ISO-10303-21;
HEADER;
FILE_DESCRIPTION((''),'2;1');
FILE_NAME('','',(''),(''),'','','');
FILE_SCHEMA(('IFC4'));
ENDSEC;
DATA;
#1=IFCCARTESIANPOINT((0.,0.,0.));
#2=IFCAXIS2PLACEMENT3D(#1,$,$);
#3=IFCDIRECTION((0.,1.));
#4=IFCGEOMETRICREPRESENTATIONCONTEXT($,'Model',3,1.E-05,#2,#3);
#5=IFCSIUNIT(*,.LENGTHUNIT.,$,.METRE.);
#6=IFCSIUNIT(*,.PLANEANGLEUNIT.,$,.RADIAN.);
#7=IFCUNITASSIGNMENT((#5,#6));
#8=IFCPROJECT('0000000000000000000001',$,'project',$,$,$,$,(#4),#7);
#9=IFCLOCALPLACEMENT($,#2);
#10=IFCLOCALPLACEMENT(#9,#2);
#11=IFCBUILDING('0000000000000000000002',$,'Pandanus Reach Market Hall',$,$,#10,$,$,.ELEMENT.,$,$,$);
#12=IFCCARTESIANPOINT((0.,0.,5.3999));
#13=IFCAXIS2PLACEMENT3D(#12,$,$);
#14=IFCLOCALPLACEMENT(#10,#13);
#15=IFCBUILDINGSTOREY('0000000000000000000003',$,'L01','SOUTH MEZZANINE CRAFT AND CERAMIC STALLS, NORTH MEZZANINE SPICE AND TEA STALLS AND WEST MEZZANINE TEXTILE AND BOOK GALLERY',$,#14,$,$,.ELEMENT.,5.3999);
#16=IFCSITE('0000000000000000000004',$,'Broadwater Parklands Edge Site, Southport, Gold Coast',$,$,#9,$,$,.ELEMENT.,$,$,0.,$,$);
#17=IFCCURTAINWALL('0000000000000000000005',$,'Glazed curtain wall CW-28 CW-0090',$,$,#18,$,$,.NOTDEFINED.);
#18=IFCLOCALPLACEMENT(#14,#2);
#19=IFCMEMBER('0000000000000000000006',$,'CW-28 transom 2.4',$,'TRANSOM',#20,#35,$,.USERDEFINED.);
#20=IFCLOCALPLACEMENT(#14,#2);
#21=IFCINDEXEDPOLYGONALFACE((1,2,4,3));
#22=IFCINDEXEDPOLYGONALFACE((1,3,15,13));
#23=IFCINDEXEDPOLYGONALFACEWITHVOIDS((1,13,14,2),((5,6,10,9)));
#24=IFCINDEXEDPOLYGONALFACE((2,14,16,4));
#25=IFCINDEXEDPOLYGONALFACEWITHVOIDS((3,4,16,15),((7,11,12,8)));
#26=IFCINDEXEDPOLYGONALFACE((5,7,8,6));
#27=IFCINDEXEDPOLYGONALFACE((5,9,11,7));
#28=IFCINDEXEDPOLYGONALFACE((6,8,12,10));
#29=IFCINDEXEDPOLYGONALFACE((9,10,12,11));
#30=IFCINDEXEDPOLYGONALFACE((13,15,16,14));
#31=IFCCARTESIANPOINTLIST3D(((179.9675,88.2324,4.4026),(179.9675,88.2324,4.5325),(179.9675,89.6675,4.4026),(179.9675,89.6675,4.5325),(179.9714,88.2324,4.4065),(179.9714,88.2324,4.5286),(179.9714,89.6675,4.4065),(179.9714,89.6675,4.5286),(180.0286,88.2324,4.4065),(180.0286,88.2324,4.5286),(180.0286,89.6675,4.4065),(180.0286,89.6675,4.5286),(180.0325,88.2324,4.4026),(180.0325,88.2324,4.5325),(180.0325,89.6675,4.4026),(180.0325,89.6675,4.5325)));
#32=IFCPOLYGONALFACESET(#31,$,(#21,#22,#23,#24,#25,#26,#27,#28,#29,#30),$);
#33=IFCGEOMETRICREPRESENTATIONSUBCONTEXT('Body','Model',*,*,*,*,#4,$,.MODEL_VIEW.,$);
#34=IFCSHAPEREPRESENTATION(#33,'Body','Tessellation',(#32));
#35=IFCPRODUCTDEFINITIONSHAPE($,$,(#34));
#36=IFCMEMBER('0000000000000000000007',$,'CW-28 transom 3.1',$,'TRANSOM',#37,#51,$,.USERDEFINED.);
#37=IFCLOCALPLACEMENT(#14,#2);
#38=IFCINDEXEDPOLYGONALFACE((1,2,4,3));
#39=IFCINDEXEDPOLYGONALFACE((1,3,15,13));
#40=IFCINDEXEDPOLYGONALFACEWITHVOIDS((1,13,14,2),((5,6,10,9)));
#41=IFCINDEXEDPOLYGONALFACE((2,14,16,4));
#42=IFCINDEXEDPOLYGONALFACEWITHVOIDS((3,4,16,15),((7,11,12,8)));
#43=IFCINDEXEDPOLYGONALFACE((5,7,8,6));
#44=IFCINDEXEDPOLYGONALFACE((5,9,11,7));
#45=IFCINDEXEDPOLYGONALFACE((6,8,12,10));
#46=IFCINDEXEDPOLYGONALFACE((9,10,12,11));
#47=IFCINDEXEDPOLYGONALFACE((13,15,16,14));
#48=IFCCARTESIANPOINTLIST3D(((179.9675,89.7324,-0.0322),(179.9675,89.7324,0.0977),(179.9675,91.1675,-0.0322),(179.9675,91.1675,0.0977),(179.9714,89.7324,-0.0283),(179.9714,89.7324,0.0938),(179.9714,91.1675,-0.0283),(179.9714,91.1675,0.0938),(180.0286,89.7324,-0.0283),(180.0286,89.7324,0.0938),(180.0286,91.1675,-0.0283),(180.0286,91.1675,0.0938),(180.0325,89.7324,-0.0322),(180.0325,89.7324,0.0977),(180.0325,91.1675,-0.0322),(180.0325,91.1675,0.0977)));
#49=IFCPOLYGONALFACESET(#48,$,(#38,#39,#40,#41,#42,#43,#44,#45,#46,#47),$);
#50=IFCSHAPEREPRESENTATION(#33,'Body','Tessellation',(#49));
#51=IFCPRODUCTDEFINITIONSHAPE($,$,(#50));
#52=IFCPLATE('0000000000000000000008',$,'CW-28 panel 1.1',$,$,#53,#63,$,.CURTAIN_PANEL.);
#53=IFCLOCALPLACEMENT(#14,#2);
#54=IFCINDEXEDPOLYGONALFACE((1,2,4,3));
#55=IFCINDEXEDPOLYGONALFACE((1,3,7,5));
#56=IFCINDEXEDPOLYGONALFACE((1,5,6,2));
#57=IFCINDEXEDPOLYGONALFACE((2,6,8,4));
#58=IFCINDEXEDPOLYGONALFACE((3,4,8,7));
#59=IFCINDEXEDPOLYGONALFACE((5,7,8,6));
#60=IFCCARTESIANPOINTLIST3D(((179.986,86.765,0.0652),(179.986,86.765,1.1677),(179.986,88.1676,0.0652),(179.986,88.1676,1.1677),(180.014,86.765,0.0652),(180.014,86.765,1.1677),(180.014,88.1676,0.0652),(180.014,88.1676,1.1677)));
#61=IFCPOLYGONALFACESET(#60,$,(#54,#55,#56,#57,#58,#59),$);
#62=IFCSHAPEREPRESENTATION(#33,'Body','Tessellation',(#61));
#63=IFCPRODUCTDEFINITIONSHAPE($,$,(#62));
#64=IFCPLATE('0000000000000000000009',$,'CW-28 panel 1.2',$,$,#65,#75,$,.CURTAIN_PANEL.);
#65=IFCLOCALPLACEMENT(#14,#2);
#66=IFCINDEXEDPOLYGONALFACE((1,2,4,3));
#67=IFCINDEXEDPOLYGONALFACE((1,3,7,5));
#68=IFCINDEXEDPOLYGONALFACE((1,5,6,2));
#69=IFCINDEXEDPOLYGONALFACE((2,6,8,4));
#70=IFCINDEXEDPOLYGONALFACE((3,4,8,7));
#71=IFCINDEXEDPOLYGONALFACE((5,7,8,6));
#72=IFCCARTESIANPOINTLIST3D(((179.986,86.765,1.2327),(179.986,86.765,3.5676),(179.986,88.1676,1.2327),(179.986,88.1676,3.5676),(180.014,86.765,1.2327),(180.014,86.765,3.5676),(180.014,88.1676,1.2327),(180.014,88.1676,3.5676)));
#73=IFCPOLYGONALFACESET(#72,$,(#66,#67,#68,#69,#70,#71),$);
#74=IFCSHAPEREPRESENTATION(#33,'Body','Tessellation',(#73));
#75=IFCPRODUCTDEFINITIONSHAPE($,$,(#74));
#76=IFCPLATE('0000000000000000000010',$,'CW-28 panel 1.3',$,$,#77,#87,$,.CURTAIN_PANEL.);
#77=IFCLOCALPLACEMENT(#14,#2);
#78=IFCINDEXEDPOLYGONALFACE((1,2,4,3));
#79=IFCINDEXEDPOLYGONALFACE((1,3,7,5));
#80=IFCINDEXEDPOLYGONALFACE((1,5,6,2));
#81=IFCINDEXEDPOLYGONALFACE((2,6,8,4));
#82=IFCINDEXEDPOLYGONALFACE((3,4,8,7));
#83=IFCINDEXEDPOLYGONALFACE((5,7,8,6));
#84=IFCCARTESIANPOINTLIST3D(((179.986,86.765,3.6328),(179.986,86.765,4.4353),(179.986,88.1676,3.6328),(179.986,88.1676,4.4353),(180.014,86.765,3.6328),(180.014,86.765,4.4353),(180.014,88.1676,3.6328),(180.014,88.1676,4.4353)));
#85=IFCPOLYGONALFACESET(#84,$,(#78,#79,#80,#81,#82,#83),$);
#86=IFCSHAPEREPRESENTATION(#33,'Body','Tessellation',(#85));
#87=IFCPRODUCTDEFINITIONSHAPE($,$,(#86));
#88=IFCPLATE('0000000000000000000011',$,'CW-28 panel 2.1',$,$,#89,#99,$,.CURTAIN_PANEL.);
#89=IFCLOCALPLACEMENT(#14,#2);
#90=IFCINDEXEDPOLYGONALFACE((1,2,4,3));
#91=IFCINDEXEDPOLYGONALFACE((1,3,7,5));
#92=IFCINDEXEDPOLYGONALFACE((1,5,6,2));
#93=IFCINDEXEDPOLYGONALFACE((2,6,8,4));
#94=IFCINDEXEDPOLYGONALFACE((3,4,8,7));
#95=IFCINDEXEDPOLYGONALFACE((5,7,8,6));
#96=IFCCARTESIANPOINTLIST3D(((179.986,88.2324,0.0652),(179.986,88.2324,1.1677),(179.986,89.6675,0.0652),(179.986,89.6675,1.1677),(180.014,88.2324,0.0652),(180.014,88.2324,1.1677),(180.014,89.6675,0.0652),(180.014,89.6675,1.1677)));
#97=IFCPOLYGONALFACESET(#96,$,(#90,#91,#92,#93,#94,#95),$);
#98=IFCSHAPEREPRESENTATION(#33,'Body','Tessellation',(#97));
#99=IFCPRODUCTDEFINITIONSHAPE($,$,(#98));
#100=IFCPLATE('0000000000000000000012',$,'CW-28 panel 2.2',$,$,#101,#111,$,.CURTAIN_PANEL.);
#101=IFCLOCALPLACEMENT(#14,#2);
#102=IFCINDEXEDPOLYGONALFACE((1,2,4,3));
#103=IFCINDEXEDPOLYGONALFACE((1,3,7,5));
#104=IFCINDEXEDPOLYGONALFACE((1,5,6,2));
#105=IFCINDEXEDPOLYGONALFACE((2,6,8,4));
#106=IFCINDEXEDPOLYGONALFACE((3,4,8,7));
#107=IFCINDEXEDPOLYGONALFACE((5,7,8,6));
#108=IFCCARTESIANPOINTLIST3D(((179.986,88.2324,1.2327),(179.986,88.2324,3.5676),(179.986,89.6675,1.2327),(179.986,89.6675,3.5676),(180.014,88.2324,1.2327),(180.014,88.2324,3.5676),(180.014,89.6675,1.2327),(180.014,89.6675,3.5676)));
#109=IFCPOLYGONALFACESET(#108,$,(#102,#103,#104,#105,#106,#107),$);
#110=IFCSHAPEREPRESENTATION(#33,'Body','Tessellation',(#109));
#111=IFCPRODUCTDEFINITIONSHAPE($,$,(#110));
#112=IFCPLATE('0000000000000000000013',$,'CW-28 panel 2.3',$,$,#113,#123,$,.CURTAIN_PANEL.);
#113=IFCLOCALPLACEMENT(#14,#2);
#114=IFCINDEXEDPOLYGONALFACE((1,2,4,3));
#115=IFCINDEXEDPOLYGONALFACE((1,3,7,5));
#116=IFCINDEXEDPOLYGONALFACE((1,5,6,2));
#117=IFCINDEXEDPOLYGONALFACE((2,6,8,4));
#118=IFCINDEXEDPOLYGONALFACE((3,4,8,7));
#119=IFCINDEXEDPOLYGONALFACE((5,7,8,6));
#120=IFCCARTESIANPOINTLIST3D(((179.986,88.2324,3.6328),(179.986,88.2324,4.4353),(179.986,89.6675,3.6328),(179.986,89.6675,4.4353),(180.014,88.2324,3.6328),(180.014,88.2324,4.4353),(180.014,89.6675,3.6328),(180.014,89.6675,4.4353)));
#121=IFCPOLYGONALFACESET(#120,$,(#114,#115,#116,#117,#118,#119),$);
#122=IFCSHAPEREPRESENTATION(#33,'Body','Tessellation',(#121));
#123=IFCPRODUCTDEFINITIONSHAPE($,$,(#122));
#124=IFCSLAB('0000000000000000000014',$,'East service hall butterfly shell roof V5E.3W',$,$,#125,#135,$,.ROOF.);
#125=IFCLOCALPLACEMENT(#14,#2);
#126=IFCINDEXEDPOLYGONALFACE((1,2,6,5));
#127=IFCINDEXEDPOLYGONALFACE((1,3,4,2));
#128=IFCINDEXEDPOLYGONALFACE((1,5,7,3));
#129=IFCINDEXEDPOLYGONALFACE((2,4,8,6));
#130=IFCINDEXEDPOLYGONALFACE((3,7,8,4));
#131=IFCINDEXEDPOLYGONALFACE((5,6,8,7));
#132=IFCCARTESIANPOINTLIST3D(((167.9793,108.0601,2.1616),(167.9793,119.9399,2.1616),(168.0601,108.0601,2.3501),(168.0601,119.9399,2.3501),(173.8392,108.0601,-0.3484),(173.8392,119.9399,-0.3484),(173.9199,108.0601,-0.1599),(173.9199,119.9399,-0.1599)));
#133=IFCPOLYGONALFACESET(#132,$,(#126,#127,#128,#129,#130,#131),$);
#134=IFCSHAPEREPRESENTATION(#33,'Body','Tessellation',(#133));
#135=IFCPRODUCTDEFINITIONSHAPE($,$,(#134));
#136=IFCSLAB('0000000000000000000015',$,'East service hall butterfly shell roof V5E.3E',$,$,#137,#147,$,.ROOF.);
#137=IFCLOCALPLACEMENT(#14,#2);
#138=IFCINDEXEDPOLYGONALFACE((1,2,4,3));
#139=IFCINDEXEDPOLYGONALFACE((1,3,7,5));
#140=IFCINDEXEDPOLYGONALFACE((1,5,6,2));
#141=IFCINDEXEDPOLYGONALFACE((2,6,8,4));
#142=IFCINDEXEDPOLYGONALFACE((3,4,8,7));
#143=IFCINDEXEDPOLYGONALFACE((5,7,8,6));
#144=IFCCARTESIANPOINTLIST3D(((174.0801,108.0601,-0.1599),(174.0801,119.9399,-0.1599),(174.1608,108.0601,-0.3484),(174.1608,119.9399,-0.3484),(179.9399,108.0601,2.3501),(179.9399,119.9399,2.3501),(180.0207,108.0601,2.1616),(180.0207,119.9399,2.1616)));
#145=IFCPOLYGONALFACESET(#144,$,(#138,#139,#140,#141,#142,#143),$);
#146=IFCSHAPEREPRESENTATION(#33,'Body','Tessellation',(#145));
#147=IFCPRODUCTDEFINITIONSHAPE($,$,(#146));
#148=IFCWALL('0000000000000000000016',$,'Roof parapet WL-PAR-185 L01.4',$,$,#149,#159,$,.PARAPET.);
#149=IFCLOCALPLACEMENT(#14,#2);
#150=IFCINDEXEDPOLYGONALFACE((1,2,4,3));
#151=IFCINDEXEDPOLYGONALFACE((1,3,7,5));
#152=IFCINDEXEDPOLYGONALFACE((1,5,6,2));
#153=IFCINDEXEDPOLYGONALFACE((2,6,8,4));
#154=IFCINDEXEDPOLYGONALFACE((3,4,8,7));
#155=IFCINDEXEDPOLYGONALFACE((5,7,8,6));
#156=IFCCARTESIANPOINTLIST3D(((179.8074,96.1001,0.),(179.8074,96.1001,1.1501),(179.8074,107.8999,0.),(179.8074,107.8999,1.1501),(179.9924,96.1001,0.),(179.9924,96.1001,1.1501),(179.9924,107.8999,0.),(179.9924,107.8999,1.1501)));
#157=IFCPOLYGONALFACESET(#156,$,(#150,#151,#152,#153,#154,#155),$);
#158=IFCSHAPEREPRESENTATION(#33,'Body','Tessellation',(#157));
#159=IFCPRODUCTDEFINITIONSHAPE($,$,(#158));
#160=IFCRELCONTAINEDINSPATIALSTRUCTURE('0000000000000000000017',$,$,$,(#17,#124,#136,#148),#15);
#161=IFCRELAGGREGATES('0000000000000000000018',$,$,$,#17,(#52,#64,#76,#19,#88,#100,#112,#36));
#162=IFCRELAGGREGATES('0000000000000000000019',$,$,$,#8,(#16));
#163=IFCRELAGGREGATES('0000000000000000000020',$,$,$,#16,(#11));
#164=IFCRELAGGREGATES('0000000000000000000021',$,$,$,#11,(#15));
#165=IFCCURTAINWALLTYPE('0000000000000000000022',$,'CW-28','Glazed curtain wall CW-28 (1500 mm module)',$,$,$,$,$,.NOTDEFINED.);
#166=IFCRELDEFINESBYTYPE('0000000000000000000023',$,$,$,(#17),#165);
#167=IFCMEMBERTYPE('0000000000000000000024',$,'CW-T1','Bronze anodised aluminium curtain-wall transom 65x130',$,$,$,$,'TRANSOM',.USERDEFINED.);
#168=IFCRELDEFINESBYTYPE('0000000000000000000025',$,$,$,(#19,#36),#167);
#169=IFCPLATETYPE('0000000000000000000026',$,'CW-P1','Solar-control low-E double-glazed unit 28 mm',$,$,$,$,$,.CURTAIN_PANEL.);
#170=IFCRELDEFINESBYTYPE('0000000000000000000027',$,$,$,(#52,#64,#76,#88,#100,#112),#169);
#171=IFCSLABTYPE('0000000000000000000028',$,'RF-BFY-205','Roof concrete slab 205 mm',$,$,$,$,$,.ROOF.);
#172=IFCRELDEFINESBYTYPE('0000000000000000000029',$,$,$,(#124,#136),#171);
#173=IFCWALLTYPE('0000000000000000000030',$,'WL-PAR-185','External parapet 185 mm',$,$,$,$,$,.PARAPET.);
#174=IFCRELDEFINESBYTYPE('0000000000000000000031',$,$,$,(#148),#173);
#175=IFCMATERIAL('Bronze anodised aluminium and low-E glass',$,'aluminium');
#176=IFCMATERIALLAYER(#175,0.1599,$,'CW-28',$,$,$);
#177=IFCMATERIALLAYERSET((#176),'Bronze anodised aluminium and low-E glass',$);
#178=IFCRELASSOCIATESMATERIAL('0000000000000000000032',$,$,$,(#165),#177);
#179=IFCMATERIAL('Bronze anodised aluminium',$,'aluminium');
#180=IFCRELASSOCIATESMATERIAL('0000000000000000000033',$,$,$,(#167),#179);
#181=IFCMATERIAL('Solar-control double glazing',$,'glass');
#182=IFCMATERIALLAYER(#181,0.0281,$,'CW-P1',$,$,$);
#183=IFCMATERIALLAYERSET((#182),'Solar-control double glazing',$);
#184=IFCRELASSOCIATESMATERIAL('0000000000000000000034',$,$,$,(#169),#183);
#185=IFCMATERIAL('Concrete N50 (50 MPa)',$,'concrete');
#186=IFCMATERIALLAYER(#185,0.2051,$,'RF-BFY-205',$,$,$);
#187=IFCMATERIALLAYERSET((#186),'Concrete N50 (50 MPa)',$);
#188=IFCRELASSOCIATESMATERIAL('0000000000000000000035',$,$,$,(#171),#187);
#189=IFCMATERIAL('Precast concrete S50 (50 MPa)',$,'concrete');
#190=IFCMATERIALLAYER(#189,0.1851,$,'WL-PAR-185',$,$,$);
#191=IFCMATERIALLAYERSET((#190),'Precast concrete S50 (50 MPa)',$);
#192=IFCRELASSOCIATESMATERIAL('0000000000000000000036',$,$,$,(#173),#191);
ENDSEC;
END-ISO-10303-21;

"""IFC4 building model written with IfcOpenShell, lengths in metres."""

from ifc_helpers import new_model, si_unit, direction, frame, frame_2d, origin, origin_2d, place, context, subcontext, project, spatial, polyline, rectangle, hollow_rectangle, outline, extrude, material, layer, layer_set, material_profile, profile_set, type_object, element, aggregate, save


model = new_model("IFC4")

# Units and contexts
model_context = context("Model", 3, precision=1e-05, world=origin(), true_north=direction((0.0, 1.0)))
body_context = subcontext(model_context, "Body", "Model", "MODEL_VIEW")
ifc_project = project(units=[si_unit("LENGTHUNIT", "METRE"), si_unit("PLANEANGLEUNIT", "RADIAN")], contexts=[model_context])

# Site, building, storey
site_placement = place(None, origin())
site = spatial("IfcSite", under=ifc_project, at=site_placement, Name="Broadwater Parklands Edge Site, Southport, Gold Coast", CompositionType="ELEMENT", RefElevation=0.0)
building_placement = place(site_placement, origin())
building = spatial("IfcBuilding", under=site, at=building_placement, Name="Pandanus Reach Market Hall", CompositionType="ELEMENT")
storey_placement = place(building_placement, frame((0.0, 0.0, 5.3999)))
storey = spatial("IfcBuildingStorey", under=building, at=storey_placement, Name="L01", Description="SOUTH MEZZANINE CRAFT AND CERAMIC STALLS, NORTH MEZZANINE SPICE AND TEA STALLS AND WEST MEZZANINE TEXTILE AND BOOK GALLERY", CompositionType="ELEMENT", Elevation=5.3999)

# Curtain wall, members, plates
ifc_material_1 = material(Name="Bronze anodised aluminium and low-E glass", Category="aluminium")
ifc_layer_1 = layer(ifc_material_1, 0.1599, Name="CW-28")
ifc_layer_set_1 = layer_set([ifc_layer_1], Name="Bronze anodised aluminium and low-E glass")
curtain_wall_type = type_object("IfcCurtainWallType", Name="CW-28", Description="Glazed curtain wall CW-28 (1500 mm module)", PredefinedType="NOTDEFINED", material=ifc_layer_set_1)
curtain_wall_placement = place(storey_placement, origin())
curtain_wall = element("IfcCurtainWall", 1, at=curtain_wall_placement, inside=storey, type_object=curtain_wall_type, Name="Glazed curtain wall CW-28 CW-0090", PredefinedType="NOTDEFINED")
ifc_material_2 = material(Name="Bronze anodised aluminium", Category="aluminium")
ifc_material_profile_1 = material_profile(ifc_material_2, hollow_rectangle(XDim=0.0649, YDim=0.1299, WallThickness=0.0039, at=origin_2d()), Name="ALU65x130", Category="LoadBearing")
ifc_profile_set_1 = profile_set([ifc_material_profile_1], Name="Bronze anodised aluminium")
member_type_1 = type_object("IfcMemberType", Name="CW-T1", Description="Bronze anodised aluminium curtain-wall transom 65x130", ElementType="TRANSOM", PredefinedType="USERDEFINED", material=ifc_profile_set_1)
member_1_placement = place(storey_placement, frame((180.0, 88.2324, 4.4675), z_axis=(0.0, 1.0, 0.0), x_axis=(-1.0, 0.0, 0.0)))
member_1 = element("IfcMember", 2, at=member_1_placement, type_object=member_type_1, Name="CW-28 transom 2.4", ObjectType="TRANSOM", PredefinedType="USERDEFINED", context=body_context, shape_type="SweptSolid", body=[
    extrude(hollow_rectangle(XDim=0.0649, YDim=0.1299, WallThickness=0.0039, at=origin_2d()), origin(), (0.0, 0.0, 1.0), 1.4351),
])
member_2_placement = place(storey_placement, frame((180.0, 89.7324, 0.0327), z_axis=(0.0, 1.0, 0.0), x_axis=(-1.0, 0.0, 0.0)))
member_2 = element("IfcMember", 3, at=member_2_placement, type_object=member_type_1, Name="CW-28 transom 3.1", ObjectType="TRANSOM", PredefinedType="USERDEFINED", context=body_context, shape_type="SweptSolid", body=[
    extrude(hollow_rectangle(XDim=0.0649, YDim=0.1299, WallThickness=0.0039, at=origin_2d()), origin(), (0.0, 0.0, 1.0), 1.4351),
])
ifc_material_3 = material(Name="Solar-control double glazing", Category="glass")
ifc_layer_2 = layer(ifc_material_3, 0.0281, Name="CW-P1")
ifc_layer_set_2 = layer_set([ifc_layer_2], Name="Solar-control double glazing")
plate_type = type_object("IfcPlateType", Name="CW-P1", Description="Solar-control low-E double-glazed unit 28 mm", PredefinedType="CURTAIN_PANEL", material=ifc_layer_set_2)
plate_1_placement = place(storey_placement, frame((180.0, 87.4663, 0.0652), z_axis=(0.0, 0.0, 1.0), x_axis=(0.0, 1.0, 0.0)))
plate_1 = element("IfcPlate", 4, at=plate_1_placement, type_object=plate_type, Name="CW-28 panel 1.1", PredefinedType="CURTAIN_PANEL", context=body_context, shape_type="SweptSolid", body=[
    extrude(rectangle(XDim=1.4026, YDim=0.0281, at=origin_2d()), origin(), (0.0, 0.0, 1.0), 1.1025),
])
plate_2_placement = place(storey_placement, frame((180.0, 87.4663, 1.2327), z_axis=(0.0, 0.0, 1.0), x_axis=(0.0, 1.0, 0.0)))
plate_2 = element("IfcPlate", 5, at=plate_2_placement, type_object=plate_type, Name="CW-28 panel 1.2", PredefinedType="CURTAIN_PANEL", context=body_context, shape_type="SweptSolid", body=[
    extrude(rectangle(XDim=1.4026, YDim=0.0281, at=origin_2d()), origin(), (0.0, 0.0, 1.0), 2.335),
])
plate_3_placement = place(storey_placement, frame((180.0, 87.4663, 3.6328), z_axis=(0.0, 0.0, 1.0), x_axis=(0.0, 1.0, 0.0)))
plate_3 = element("IfcPlate", 6, at=plate_3_placement, type_object=plate_type, Name="CW-28 panel 1.3", PredefinedType="CURTAIN_PANEL", context=body_context, shape_type="SweptSolid", body=[
    extrude(rectangle(XDim=1.4026, YDim=0.0281, at=origin_2d()), origin(), (0.0, 0.0, 1.0), 0.8025),
])
plate_4_placement = place(storey_placement, frame((180.0, 88.95, 0.0652), z_axis=(0.0, 0.0, 1.0), x_axis=(0.0, 1.0, 0.0)))
plate_4 = element("IfcPlate", 7, at=plate_4_placement, type_object=plate_type, Name="CW-28 panel 2.1", PredefinedType="CURTAIN_PANEL", context=body_context, shape_type="SweptSolid", body=[
    extrude(rectangle(XDim=1.4351, YDim=0.0281, at=origin_2d()), origin(), (0.0, 0.0, 1.0), 1.1025),
])
plate_5_placement = place(storey_placement, frame((180.0, 88.95, 1.2327), z_axis=(0.0, 0.0, 1.0), x_axis=(0.0, 1.0, 0.0)))
plate_5 = element("IfcPlate", 8, at=plate_5_placement, type_object=plate_type, Name="CW-28 panel 2.2", PredefinedType="CURTAIN_PANEL", context=body_context, shape_type="SweptSolid", body=[
    extrude(rectangle(XDim=1.4351, YDim=0.0281, at=origin_2d()), origin(), (0.0, 0.0, 1.0), 2.335),
])
plate_6_placement = place(storey_placement, frame((180.0, 88.95, 3.6328), z_axis=(0.0, 0.0, 1.0), x_axis=(0.0, 1.0, 0.0)))
plate_6 = element("IfcPlate", 9, at=plate_6_placement, type_object=plate_type, Name="CW-28 panel 2.3", PredefinedType="CURTAIN_PANEL", context=body_context, shape_type="SweptSolid", body=[
    extrude(rectangle(XDim=1.4351, YDim=0.0281, at=origin_2d()), origin(), (0.0, 0.0, 1.0), 0.8025),
])
aggregate(curtain_wall, [plate_1, plate_2, plate_3, member_1, plate_4, plate_5, plate_6, member_2])

# Slabs
ifc_material_4 = material(Name="Concrete N50 (50 MPa)", Category="concrete")
ifc_layer_3 = layer(ifc_material_4, 0.2051, Name="RF-BFY-205")
ifc_layer_set_3 = layer_set([ifc_layer_3], Name="Concrete N50 (50 MPa)")
slab_type = type_object("IfcSlabType", Name="RF-BFY-205", Description="Roof concrete slab 205 mm", PredefinedType="ROOF", material=ifc_layer_set_3)
for number, where, z_axis, x_axis, name in (
    (10, (168.0601, 108.0601, 2.3501), (0.393739, 0.0, 0.919222), (0.919222, 0.0, -0.393739), "East service hall butterfly shell roof V5E.3W"),
    (11, (174.0801, 108.0601, -0.1599), (-0.393739, 0.0, 0.919222), (0.919222, 0.0, 0.393739), "East service hall butterfly shell roof V5E.3E"),
):
    element("IfcSlab", number, at=place(storey_placement, frame(where, z_axis=z_axis, x_axis=x_axis)), inside=storey, type_object=slab_type, Name=name, PredefinedType="ROOF", context=body_context, shape_type="SweptSolid", body=[
        extrude(outline(polyline([(0.0, 0.0), (6.3748, 0.0), (6.3748, 11.8799), (0.0, 11.8799), (0.0, 0.0)])), origin(), (0.0, 0.0, -1.0), 0.2051),
    ])

# Wall
ifc_material_5 = material(Name="Precast concrete S50 (50 MPa)", Category="concrete")
ifc_layer_4 = layer(ifc_material_5, 0.1851, Name="WL-PAR-185")
ifc_layer_set_4 = layer_set([ifc_layer_4], Name="Precast concrete S50 (50 MPa)")
wall_type = type_object("IfcWallType", Name="WL-PAR-185", Description="External parapet 185 mm", PredefinedType="PARAPET", material=ifc_layer_set_4)
wall_placement = place(storey_placement, frame((179.8999, 96.1001, 0.0), z_axis=(0.0, 0.0, 1.0), x_axis=(0.0, 1.0, 0.0)))
element("IfcWall", 12, at=wall_placement, inside=storey, type_object=wall_type, Name="Roof parapet WL-PAR-185 L01.4", PredefinedType="PARAPET", context=body_context, shape_type="SweptSolid", body=[
    extrude(rectangle(XDim=11.7998, YDim=0.1851, at=frame_2d((5.8999, 0.0))), origin(), (0.0, 0.0, 1.0), 1.1501),
])

save(model, "model.ifc")
